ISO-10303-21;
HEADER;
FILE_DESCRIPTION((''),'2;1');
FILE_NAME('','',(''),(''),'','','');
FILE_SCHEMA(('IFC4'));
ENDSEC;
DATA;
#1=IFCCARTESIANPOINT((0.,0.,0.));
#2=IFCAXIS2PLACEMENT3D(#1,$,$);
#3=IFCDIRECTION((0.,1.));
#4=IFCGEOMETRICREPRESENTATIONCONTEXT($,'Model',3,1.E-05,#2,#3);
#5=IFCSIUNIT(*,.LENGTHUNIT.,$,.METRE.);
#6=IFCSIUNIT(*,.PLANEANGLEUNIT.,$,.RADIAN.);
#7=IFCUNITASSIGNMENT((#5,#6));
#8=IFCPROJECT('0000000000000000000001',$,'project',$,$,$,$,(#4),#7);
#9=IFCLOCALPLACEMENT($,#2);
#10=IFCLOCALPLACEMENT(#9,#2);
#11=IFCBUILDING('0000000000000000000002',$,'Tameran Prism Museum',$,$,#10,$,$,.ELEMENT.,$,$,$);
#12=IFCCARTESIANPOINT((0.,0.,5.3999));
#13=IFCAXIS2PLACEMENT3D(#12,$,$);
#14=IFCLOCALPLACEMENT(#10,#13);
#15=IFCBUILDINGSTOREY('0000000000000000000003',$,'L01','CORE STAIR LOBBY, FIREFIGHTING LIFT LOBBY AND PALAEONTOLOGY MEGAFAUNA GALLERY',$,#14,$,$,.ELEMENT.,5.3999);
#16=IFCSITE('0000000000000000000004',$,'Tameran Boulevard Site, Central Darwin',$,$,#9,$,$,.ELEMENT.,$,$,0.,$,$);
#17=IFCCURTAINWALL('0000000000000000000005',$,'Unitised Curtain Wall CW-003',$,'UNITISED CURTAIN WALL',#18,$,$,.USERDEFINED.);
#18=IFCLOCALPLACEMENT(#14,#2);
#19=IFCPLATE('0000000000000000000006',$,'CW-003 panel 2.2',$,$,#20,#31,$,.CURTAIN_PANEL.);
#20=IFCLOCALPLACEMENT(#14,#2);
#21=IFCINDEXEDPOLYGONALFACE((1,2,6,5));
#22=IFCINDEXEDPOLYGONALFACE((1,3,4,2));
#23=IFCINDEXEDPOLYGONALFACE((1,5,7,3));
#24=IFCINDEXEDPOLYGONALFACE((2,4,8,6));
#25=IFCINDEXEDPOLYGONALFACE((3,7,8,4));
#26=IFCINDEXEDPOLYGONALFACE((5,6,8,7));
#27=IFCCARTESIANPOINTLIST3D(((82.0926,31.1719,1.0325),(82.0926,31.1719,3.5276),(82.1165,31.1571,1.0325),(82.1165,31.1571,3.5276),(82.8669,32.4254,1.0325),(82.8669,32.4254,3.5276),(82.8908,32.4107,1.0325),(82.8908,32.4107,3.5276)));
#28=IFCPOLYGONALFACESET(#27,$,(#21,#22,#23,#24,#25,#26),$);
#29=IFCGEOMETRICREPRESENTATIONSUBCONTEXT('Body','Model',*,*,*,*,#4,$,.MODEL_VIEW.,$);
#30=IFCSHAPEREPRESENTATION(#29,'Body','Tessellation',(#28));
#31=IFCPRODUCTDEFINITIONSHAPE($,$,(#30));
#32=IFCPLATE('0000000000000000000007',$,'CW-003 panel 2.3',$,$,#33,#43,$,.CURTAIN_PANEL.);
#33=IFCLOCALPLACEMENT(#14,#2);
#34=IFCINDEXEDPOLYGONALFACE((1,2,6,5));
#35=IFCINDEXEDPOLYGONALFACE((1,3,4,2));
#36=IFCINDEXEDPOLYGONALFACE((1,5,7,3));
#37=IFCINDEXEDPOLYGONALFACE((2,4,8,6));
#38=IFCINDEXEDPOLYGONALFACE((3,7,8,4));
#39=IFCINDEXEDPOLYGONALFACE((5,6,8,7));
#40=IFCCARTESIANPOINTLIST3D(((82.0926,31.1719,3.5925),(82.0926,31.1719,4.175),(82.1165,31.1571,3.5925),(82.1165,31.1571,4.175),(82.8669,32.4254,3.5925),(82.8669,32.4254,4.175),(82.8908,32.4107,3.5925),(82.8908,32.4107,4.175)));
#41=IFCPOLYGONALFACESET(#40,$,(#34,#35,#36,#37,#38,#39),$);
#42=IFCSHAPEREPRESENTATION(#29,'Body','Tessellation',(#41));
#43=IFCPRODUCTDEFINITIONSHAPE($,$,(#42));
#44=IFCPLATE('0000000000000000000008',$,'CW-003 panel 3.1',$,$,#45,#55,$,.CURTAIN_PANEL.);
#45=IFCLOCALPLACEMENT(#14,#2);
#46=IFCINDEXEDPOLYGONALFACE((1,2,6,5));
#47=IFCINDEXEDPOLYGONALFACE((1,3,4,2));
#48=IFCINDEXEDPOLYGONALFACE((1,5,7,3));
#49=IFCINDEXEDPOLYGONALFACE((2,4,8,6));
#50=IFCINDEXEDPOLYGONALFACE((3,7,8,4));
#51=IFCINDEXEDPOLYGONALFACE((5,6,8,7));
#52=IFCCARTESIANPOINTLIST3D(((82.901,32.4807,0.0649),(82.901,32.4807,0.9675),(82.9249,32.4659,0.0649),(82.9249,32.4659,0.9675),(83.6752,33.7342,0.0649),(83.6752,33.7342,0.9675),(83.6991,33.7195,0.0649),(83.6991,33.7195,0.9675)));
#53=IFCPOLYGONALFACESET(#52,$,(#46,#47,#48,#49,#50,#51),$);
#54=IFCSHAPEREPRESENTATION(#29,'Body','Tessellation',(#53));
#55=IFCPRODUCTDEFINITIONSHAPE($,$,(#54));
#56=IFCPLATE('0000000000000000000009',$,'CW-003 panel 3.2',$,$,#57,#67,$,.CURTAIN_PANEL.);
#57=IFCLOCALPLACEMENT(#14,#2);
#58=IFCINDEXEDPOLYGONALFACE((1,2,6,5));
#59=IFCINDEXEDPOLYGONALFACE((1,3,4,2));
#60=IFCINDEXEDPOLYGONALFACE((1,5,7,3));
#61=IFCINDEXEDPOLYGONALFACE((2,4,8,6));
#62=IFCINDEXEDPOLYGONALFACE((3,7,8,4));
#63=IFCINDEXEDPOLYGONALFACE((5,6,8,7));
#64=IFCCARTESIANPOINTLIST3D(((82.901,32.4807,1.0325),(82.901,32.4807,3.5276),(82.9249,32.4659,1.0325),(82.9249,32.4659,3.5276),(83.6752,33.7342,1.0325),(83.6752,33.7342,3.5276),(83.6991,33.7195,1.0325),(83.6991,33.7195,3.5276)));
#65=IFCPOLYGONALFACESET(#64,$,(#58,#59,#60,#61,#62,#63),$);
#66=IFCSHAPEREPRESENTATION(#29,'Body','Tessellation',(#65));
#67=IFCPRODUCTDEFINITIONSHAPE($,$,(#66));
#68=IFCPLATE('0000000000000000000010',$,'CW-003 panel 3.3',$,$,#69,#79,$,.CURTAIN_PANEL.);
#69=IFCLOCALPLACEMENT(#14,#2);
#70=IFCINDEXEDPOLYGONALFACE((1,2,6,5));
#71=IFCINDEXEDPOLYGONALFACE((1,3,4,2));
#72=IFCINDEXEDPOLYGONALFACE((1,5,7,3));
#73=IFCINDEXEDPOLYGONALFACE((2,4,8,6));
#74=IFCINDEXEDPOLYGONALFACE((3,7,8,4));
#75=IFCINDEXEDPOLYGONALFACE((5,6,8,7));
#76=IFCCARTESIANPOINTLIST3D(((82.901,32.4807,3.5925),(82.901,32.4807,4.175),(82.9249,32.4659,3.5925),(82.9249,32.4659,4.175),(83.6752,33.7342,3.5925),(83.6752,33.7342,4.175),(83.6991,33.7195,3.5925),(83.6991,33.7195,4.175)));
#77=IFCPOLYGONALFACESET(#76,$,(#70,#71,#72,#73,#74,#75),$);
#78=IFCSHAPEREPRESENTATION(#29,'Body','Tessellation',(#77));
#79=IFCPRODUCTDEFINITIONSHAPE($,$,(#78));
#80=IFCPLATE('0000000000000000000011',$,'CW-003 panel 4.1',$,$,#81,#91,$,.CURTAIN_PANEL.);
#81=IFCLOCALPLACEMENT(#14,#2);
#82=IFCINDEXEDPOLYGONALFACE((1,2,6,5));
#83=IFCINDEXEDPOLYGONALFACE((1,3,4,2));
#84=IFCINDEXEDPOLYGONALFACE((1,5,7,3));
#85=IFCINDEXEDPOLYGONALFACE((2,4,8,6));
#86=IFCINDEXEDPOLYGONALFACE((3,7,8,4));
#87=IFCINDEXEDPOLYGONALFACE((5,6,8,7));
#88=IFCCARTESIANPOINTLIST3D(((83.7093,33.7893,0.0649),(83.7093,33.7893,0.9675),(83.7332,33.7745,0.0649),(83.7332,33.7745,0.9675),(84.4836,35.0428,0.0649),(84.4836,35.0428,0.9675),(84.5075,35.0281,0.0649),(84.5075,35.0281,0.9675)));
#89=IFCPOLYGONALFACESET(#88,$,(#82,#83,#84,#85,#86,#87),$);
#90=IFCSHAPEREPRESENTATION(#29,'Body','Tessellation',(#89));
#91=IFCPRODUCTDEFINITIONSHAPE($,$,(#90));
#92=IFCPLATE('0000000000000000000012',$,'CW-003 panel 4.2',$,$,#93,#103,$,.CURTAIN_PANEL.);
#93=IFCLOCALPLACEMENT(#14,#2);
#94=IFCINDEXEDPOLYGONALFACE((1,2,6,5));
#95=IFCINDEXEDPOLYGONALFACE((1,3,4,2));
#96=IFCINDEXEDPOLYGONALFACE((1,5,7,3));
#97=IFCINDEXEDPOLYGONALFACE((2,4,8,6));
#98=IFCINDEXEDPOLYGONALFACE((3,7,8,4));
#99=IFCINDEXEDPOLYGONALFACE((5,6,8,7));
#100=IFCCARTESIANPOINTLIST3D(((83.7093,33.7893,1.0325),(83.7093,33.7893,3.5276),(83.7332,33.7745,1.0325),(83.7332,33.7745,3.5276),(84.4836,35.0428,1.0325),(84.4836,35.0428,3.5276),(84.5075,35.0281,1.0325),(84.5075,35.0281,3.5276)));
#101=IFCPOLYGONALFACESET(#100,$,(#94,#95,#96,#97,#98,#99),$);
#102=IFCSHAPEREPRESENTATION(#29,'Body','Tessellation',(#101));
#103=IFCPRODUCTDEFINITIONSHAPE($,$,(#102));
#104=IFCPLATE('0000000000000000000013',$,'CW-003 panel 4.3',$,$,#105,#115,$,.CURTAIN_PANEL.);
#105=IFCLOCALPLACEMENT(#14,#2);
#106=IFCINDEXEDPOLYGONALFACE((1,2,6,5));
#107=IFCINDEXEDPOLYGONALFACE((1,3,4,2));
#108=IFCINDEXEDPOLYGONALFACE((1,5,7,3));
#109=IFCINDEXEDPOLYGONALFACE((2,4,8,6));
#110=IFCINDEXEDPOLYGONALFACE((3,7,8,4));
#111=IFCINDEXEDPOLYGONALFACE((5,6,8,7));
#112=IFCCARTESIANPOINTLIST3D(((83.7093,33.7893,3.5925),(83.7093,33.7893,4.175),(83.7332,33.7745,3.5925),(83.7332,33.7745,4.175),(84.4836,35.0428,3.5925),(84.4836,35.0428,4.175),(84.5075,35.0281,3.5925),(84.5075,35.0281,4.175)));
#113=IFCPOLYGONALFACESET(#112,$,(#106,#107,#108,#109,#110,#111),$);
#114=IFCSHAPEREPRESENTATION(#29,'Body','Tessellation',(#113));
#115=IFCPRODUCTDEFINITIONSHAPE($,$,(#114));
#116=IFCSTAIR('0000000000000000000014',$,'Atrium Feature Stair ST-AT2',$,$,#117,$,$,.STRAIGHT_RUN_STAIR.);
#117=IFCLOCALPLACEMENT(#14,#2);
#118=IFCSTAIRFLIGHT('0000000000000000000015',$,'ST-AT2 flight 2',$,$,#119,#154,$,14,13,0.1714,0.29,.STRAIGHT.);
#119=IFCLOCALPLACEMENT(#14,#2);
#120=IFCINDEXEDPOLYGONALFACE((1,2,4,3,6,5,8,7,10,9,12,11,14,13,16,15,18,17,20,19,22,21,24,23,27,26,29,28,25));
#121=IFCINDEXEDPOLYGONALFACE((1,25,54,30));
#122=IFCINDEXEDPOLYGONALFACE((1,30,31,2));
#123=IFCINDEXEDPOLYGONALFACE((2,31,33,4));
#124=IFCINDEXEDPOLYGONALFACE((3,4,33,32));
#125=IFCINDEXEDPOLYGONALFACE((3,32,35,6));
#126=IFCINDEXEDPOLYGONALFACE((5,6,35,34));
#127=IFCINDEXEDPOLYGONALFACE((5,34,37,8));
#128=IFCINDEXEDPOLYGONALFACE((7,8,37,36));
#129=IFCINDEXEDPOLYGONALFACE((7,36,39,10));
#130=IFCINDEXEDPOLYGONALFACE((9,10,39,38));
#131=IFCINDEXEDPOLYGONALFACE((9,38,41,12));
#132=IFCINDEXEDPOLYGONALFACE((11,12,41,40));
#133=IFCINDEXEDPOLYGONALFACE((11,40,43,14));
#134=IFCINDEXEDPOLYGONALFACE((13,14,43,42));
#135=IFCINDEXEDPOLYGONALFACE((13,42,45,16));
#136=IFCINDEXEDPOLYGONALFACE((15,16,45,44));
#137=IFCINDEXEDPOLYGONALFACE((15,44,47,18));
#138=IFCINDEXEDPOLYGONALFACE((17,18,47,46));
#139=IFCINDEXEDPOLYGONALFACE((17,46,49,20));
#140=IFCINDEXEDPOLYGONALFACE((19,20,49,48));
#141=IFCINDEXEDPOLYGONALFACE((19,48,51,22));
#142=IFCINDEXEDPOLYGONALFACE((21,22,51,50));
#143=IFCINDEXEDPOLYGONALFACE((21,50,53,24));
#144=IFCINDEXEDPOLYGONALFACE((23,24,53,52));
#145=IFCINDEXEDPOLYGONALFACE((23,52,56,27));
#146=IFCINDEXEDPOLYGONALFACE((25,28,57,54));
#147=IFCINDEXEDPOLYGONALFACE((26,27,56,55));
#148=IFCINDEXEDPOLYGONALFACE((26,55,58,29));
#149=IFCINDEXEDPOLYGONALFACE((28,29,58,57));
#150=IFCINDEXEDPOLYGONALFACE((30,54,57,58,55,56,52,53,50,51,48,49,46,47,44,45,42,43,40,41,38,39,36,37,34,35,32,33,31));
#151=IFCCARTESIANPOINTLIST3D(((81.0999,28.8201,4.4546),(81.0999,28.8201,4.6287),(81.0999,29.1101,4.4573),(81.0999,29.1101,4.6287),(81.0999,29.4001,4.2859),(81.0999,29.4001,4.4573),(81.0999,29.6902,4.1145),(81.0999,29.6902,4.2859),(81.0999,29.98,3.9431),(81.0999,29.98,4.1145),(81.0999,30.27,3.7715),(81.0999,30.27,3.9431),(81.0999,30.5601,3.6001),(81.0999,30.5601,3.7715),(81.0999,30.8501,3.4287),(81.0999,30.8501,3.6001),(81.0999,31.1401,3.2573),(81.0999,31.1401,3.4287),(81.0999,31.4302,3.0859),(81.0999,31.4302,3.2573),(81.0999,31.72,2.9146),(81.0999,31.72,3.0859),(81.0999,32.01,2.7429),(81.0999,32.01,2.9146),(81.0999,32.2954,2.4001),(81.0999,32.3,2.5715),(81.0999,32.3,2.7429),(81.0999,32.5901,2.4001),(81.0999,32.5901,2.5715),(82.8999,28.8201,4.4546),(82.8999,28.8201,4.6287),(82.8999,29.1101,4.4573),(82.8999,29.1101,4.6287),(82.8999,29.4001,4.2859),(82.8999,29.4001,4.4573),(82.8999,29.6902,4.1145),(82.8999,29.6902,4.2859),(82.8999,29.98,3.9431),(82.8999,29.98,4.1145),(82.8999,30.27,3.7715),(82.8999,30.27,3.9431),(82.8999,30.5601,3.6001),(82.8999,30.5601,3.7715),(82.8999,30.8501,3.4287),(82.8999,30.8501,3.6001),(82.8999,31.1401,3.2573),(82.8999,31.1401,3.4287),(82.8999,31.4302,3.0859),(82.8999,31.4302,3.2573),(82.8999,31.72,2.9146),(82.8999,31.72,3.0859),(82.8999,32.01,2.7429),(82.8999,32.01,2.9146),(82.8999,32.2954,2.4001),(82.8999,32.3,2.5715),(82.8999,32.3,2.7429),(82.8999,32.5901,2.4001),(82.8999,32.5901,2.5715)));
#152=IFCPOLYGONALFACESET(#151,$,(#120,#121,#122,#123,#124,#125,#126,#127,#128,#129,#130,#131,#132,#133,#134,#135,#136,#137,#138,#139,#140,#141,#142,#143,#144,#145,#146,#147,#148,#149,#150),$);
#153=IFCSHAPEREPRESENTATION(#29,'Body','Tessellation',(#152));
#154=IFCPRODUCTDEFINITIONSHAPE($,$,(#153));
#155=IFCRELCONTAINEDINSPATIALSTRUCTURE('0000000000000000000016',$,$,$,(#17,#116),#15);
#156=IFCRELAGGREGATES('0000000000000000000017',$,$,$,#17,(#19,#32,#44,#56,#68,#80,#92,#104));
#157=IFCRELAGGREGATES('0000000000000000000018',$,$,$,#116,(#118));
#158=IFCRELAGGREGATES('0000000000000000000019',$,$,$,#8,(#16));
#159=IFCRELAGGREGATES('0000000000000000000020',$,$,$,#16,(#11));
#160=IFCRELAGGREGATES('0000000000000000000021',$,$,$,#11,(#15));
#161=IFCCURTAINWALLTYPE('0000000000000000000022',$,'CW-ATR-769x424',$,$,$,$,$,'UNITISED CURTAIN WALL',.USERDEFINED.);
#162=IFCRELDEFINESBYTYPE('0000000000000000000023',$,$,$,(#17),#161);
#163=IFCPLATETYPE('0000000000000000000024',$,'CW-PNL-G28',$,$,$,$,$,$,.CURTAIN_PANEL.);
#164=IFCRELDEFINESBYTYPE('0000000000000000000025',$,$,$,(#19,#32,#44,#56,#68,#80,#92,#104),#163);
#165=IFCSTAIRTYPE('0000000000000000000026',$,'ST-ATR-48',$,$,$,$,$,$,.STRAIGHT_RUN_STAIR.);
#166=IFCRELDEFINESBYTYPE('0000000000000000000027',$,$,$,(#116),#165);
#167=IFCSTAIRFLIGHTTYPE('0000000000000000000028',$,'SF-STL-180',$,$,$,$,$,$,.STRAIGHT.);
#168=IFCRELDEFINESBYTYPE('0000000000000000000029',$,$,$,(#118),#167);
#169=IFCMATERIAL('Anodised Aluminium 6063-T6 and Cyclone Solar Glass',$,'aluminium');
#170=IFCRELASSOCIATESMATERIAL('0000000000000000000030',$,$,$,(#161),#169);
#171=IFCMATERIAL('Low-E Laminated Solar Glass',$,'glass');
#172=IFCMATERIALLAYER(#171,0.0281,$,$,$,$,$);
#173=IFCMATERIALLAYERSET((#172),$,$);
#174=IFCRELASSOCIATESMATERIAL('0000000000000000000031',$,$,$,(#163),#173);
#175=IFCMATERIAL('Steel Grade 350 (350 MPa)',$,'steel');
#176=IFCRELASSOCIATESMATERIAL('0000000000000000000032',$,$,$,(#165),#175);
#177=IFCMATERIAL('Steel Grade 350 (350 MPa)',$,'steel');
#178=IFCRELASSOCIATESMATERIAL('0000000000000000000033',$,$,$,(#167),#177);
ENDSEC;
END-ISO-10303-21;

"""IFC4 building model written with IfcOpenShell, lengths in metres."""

from ifc_helpers import new_model, si_unit, direction, frame, origin, origin_2d, place, context, subcontext, project, spatial, polyline, rectangle, outline, extrude, material, layer, layer_set, type_object, element, aggregate, save


model = new_model("IFC4")

# Units and contexts
model_context = context("Model", 3, precision=1e-05, world=origin(), true_north=direction((0.0, 1.0)))
body_context = subcontext(model_context, "Body", "Model", "MODEL_VIEW")
ifc_project = project(units=[si_unit("LENGTHUNIT", "METRE"), si_unit("PLANEANGLEUNIT", "RADIAN")], contexts=[model_context])

# Site, building, storey
site_placement = place(None, origin())
site = spatial("IfcSite", under=ifc_project, at=site_placement, Name="Tameran Boulevard Site, Central Darwin", CompositionType="ELEMENT", RefElevation=0.0)
building_placement = place(site_placement, origin())
building = spatial("IfcBuilding", under=site, at=building_placement, Name="Tameran Prism Museum", CompositionType="ELEMENT")
storey_placement = place(building_placement, frame((0.0, 0.0, 5.3999)))
storey = spatial("IfcBuildingStorey", under=building, at=storey_placement, Name="L01", Description="CORE STAIR LOBBY, FIREFIGHTING LIFT LOBBY AND PALAEONTOLOGY MEGAFAUNA GALLERY", CompositionType="ELEMENT", Elevation=5.3999)

# Curtain wall, plates
ifc_material_1 = material(Name="Anodised Aluminium 6063-T6 and Cyclone Solar Glass", Category="aluminium")
curtain_wall_type = type_object("IfcCurtainWallType", Name="CW-ATR-769x424", ElementType="UNITISED CURTAIN WALL", PredefinedType="USERDEFINED", material=ifc_material_1)
curtain_wall_placement = place(storey_placement, origin())
curtain_wall = element("IfcCurtainWall", 1, at=curtain_wall_placement, inside=storey, type_object=curtain_wall_type, Name="Unitised Curtain Wall CW-003", ObjectType="UNITISED CURTAIN WALL", PredefinedType="USERDEFINED")
ifc_material_2 = material(Name="Low-E Laminated Solar Glass", Category="glass")
ifc_layer_1 = layer(ifc_material_2, 0.0281)
ifc_layer_set_1 = layer_set([ifc_layer_1])
plate_type = type_object("IfcPlateType", Name="CW-PNL-G28", PredefinedType="CURTAIN_PANEL", material=ifc_layer_set_1)
plate_1_placement = place(storey_placement, frame((82.4917, 31.7913, 1.0325), z_axis=(0.0, 0.0, 1.0), x_axis=(0.525504, 0.850791, 0.0)))
plate_1 = element("IfcPlate", 2, at=plate_1_placement, type_object=plate_type, Name="CW-003 panel 2.2", PredefinedType="CURTAIN_PANEL", context=body_context, shape_type="SweptSolid", body=[
    extrude(rectangle(XDim=1.4734, YDim=0.0281, at=origin_2d()), origin(), (0.0, 0.0, 1.0), 2.4951),
])
plate_2_placement = place(storey_placement, frame((82.4917, 31.7913, 3.5925), z_axis=(0.0, 0.0, 1.0), x_axis=(0.525504, 0.850791, 0.0)))
plate_2 = element("IfcPlate", 3, at=plate_2_placement, type_object=plate_type, Name="CW-003 panel 2.3", PredefinedType="CURTAIN_PANEL", context=body_context, shape_type="SweptSolid", body=[
    extrude(rectangle(XDim=1.4734, YDim=0.0281, at=origin_2d()), origin(), (0.0, 0.0, 1.0), 0.5825),
])
plate_3_placement = place(storey_placement, frame((83.3, 33.1001, 0.0649), z_axis=(0.0, 0.0, 1.0), x_axis=(0.525504, 0.850791, 0.0)))
plate_3 = element("IfcPlate", 4, at=plate_3_placement, type_object=plate_type, Name="CW-003 panel 3.1", PredefinedType="CURTAIN_PANEL", context=body_context, shape_type="SweptSolid", body=[
    extrude(rectangle(XDim=1.4734, YDim=0.0281, at=origin_2d()), origin(), (0.0, 0.0, 1.0), 0.9026),
])
plate_4_placement = place(storey_placement, frame((83.3, 33.1001, 1.0325), z_axis=(0.0, 0.0, 1.0), x_axis=(0.525504, 0.850791, 0.0)))
plate_4 = element("IfcPlate", 5, at=plate_4_placement, type_object=plate_type, Name="CW-003 panel 3.2", PredefinedType="CURTAIN_PANEL", context=body_context, shape_type="SweptSolid", body=[
    extrude(rectangle(XDim=1.4734, YDim=0.0281, at=origin_2d()), origin(), (0.0, 0.0, 1.0), 2.4951),
])
plate_5_placement = place(storey_placement, frame((83.3, 33.1001, 3.5925), z_axis=(0.0, 0.0, 1.0), x_axis=(0.525504, 0.850791, 0.0)))
plate_5 = element("IfcPlate", 6, at=plate_5_placement, type_object=plate_type, Name="CW-003 panel 3.3", PredefinedType="CURTAIN_PANEL", context=body_context, shape_type="SweptSolid", body=[
    extrude(rectangle(XDim=1.4734, YDim=0.0281, at=origin_2d()), origin(), (0.0, 0.0, 1.0), 0.5825),
])
plate_6_placement = place(storey_placement, frame((84.1084, 34.4087, 0.0649), z_axis=(0.0, 0.0, 1.0), x_axis=(0.525504, 0.850791, 0.0)))
plate_6 = element("IfcPlate", 7, at=plate_6_placement, type_object=plate_type, Name="CW-003 panel 4.1", PredefinedType="CURTAIN_PANEL", context=body_context, shape_type="SweptSolid", body=[
    extrude(rectangle(XDim=1.4734, YDim=0.0281, at=origin_2d()), origin(), (0.0, 0.0, 1.0), 0.9026),
])
plate_7_placement = place(storey_placement, frame((84.1084, 34.4087, 1.0325), z_axis=(0.0, 0.0, 1.0), x_axis=(0.525504, 0.850791, 0.0)))
plate_7 = element("IfcPlate", 8, at=plate_7_placement, type_object=plate_type, Name="CW-003 panel 4.2", PredefinedType="CURTAIN_PANEL", context=body_context, shape_type="SweptSolid", body=[
    extrude(rectangle(XDim=1.4734, YDim=0.0281, at=origin_2d()), origin(), (0.0, 0.0, 1.0), 2.4951),
])
plate_8_placement = place(storey_placement, frame((84.1084, 34.4087, 3.5925), z_axis=(0.0, 0.0, 1.0), x_axis=(0.525504, 0.850791, 0.0)))
plate_8 = element("IfcPlate", 9, at=plate_8_placement, type_object=plate_type, Name="CW-003 panel 4.3", PredefinedType="CURTAIN_PANEL", context=body_context, shape_type="SweptSolid", body=[
    extrude(rectangle(XDim=1.4734, YDim=0.0281, at=origin_2d()), origin(), (0.0, 0.0, 1.0), 0.5825),
])
aggregate(curtain_wall, [plate_1, plate_2, plate_3, plate_4, plate_5, plate_6, plate_7, plate_8])

# Stair, stair flight
ifc_material_3 = material(Name="Steel Grade 350 (350 MPa)", Category="steel")
stair_type = type_object("IfcStairType", Name="ST-ATR-48", PredefinedType="STRAIGHT_RUN_STAIR", material=ifc_material_3)
stair_placement = place(storey_placement, origin())
stair = element("IfcStair", 10, at=stair_placement, inside=storey, type_object=stair_type, Name="Atrium Feature Stair ST-AT2", PredefinedType="STRAIGHT_RUN_STAIR")
ifc_material_4 = material(Name="Steel Grade 350 (350 MPa)", Category="steel")
stair_flight_type = type_object("IfcStairFlightType", Name="SF-STL-180", PredefinedType="STRAIGHT", material=ifc_material_4)
stair_flight_placement = place(storey_placement, frame((82.0, 32.5901, 2.4001), z_axis=(0.0, 0.0, 1.0), x_axis=(0.0, -1.0, 0.0)))
stair_flight = element("IfcStairFlight", 11, at=stair_flight_placement, type_object=stair_flight_type, Name="ST-AT2 flight 2", NumberOfRisers=14, NumberOfTreads=13, PredefinedType="STRAIGHT", RiserHeight=0.1714, TreadLength=0.29, context=body_context, shape_type="SweptSolid", body=[
    extrude(outline(polyline([(0.0, 0.0), (0.0, 0.1714), (0.29, 0.1714), (0.29, 0.3428), (0.5801, 0.3428), (0.5801, 0.5144), (0.8701, 0.5144), (0.8701, 0.6858), (1.1599, 0.6858), (1.1599, 0.8572), (1.45, 0.8572), (1.45, 1.0286), (1.74, 1.0286), (1.74, 1.2), (2.03, 1.2), (2.03, 1.3713), (2.3201, 1.3713), (2.3201, 1.543), (2.6101, 1.543), (2.6101, 1.7144), (2.8999, 1.7144), (2.8999, 1.8857), (3.1899, 1.8857), (3.1899, 2.0571), (3.48, 2.0571), (3.48, 2.2285), (3.77, 2.2285), (3.77, 2.3999), (3.77, 2.0544), (0.2947, 0.0), (0.0, 0.0)])), frame((0.0, 0.8999, 0.0), z_axis=(0.0, -1.0, 0.0), x_axis=(1.0, 0.0, 0.0)), (0.0, 0.0, 1.0), 1.8),
])
aggregate(stair, [stair_flight])

save(model, "model.ifc")
